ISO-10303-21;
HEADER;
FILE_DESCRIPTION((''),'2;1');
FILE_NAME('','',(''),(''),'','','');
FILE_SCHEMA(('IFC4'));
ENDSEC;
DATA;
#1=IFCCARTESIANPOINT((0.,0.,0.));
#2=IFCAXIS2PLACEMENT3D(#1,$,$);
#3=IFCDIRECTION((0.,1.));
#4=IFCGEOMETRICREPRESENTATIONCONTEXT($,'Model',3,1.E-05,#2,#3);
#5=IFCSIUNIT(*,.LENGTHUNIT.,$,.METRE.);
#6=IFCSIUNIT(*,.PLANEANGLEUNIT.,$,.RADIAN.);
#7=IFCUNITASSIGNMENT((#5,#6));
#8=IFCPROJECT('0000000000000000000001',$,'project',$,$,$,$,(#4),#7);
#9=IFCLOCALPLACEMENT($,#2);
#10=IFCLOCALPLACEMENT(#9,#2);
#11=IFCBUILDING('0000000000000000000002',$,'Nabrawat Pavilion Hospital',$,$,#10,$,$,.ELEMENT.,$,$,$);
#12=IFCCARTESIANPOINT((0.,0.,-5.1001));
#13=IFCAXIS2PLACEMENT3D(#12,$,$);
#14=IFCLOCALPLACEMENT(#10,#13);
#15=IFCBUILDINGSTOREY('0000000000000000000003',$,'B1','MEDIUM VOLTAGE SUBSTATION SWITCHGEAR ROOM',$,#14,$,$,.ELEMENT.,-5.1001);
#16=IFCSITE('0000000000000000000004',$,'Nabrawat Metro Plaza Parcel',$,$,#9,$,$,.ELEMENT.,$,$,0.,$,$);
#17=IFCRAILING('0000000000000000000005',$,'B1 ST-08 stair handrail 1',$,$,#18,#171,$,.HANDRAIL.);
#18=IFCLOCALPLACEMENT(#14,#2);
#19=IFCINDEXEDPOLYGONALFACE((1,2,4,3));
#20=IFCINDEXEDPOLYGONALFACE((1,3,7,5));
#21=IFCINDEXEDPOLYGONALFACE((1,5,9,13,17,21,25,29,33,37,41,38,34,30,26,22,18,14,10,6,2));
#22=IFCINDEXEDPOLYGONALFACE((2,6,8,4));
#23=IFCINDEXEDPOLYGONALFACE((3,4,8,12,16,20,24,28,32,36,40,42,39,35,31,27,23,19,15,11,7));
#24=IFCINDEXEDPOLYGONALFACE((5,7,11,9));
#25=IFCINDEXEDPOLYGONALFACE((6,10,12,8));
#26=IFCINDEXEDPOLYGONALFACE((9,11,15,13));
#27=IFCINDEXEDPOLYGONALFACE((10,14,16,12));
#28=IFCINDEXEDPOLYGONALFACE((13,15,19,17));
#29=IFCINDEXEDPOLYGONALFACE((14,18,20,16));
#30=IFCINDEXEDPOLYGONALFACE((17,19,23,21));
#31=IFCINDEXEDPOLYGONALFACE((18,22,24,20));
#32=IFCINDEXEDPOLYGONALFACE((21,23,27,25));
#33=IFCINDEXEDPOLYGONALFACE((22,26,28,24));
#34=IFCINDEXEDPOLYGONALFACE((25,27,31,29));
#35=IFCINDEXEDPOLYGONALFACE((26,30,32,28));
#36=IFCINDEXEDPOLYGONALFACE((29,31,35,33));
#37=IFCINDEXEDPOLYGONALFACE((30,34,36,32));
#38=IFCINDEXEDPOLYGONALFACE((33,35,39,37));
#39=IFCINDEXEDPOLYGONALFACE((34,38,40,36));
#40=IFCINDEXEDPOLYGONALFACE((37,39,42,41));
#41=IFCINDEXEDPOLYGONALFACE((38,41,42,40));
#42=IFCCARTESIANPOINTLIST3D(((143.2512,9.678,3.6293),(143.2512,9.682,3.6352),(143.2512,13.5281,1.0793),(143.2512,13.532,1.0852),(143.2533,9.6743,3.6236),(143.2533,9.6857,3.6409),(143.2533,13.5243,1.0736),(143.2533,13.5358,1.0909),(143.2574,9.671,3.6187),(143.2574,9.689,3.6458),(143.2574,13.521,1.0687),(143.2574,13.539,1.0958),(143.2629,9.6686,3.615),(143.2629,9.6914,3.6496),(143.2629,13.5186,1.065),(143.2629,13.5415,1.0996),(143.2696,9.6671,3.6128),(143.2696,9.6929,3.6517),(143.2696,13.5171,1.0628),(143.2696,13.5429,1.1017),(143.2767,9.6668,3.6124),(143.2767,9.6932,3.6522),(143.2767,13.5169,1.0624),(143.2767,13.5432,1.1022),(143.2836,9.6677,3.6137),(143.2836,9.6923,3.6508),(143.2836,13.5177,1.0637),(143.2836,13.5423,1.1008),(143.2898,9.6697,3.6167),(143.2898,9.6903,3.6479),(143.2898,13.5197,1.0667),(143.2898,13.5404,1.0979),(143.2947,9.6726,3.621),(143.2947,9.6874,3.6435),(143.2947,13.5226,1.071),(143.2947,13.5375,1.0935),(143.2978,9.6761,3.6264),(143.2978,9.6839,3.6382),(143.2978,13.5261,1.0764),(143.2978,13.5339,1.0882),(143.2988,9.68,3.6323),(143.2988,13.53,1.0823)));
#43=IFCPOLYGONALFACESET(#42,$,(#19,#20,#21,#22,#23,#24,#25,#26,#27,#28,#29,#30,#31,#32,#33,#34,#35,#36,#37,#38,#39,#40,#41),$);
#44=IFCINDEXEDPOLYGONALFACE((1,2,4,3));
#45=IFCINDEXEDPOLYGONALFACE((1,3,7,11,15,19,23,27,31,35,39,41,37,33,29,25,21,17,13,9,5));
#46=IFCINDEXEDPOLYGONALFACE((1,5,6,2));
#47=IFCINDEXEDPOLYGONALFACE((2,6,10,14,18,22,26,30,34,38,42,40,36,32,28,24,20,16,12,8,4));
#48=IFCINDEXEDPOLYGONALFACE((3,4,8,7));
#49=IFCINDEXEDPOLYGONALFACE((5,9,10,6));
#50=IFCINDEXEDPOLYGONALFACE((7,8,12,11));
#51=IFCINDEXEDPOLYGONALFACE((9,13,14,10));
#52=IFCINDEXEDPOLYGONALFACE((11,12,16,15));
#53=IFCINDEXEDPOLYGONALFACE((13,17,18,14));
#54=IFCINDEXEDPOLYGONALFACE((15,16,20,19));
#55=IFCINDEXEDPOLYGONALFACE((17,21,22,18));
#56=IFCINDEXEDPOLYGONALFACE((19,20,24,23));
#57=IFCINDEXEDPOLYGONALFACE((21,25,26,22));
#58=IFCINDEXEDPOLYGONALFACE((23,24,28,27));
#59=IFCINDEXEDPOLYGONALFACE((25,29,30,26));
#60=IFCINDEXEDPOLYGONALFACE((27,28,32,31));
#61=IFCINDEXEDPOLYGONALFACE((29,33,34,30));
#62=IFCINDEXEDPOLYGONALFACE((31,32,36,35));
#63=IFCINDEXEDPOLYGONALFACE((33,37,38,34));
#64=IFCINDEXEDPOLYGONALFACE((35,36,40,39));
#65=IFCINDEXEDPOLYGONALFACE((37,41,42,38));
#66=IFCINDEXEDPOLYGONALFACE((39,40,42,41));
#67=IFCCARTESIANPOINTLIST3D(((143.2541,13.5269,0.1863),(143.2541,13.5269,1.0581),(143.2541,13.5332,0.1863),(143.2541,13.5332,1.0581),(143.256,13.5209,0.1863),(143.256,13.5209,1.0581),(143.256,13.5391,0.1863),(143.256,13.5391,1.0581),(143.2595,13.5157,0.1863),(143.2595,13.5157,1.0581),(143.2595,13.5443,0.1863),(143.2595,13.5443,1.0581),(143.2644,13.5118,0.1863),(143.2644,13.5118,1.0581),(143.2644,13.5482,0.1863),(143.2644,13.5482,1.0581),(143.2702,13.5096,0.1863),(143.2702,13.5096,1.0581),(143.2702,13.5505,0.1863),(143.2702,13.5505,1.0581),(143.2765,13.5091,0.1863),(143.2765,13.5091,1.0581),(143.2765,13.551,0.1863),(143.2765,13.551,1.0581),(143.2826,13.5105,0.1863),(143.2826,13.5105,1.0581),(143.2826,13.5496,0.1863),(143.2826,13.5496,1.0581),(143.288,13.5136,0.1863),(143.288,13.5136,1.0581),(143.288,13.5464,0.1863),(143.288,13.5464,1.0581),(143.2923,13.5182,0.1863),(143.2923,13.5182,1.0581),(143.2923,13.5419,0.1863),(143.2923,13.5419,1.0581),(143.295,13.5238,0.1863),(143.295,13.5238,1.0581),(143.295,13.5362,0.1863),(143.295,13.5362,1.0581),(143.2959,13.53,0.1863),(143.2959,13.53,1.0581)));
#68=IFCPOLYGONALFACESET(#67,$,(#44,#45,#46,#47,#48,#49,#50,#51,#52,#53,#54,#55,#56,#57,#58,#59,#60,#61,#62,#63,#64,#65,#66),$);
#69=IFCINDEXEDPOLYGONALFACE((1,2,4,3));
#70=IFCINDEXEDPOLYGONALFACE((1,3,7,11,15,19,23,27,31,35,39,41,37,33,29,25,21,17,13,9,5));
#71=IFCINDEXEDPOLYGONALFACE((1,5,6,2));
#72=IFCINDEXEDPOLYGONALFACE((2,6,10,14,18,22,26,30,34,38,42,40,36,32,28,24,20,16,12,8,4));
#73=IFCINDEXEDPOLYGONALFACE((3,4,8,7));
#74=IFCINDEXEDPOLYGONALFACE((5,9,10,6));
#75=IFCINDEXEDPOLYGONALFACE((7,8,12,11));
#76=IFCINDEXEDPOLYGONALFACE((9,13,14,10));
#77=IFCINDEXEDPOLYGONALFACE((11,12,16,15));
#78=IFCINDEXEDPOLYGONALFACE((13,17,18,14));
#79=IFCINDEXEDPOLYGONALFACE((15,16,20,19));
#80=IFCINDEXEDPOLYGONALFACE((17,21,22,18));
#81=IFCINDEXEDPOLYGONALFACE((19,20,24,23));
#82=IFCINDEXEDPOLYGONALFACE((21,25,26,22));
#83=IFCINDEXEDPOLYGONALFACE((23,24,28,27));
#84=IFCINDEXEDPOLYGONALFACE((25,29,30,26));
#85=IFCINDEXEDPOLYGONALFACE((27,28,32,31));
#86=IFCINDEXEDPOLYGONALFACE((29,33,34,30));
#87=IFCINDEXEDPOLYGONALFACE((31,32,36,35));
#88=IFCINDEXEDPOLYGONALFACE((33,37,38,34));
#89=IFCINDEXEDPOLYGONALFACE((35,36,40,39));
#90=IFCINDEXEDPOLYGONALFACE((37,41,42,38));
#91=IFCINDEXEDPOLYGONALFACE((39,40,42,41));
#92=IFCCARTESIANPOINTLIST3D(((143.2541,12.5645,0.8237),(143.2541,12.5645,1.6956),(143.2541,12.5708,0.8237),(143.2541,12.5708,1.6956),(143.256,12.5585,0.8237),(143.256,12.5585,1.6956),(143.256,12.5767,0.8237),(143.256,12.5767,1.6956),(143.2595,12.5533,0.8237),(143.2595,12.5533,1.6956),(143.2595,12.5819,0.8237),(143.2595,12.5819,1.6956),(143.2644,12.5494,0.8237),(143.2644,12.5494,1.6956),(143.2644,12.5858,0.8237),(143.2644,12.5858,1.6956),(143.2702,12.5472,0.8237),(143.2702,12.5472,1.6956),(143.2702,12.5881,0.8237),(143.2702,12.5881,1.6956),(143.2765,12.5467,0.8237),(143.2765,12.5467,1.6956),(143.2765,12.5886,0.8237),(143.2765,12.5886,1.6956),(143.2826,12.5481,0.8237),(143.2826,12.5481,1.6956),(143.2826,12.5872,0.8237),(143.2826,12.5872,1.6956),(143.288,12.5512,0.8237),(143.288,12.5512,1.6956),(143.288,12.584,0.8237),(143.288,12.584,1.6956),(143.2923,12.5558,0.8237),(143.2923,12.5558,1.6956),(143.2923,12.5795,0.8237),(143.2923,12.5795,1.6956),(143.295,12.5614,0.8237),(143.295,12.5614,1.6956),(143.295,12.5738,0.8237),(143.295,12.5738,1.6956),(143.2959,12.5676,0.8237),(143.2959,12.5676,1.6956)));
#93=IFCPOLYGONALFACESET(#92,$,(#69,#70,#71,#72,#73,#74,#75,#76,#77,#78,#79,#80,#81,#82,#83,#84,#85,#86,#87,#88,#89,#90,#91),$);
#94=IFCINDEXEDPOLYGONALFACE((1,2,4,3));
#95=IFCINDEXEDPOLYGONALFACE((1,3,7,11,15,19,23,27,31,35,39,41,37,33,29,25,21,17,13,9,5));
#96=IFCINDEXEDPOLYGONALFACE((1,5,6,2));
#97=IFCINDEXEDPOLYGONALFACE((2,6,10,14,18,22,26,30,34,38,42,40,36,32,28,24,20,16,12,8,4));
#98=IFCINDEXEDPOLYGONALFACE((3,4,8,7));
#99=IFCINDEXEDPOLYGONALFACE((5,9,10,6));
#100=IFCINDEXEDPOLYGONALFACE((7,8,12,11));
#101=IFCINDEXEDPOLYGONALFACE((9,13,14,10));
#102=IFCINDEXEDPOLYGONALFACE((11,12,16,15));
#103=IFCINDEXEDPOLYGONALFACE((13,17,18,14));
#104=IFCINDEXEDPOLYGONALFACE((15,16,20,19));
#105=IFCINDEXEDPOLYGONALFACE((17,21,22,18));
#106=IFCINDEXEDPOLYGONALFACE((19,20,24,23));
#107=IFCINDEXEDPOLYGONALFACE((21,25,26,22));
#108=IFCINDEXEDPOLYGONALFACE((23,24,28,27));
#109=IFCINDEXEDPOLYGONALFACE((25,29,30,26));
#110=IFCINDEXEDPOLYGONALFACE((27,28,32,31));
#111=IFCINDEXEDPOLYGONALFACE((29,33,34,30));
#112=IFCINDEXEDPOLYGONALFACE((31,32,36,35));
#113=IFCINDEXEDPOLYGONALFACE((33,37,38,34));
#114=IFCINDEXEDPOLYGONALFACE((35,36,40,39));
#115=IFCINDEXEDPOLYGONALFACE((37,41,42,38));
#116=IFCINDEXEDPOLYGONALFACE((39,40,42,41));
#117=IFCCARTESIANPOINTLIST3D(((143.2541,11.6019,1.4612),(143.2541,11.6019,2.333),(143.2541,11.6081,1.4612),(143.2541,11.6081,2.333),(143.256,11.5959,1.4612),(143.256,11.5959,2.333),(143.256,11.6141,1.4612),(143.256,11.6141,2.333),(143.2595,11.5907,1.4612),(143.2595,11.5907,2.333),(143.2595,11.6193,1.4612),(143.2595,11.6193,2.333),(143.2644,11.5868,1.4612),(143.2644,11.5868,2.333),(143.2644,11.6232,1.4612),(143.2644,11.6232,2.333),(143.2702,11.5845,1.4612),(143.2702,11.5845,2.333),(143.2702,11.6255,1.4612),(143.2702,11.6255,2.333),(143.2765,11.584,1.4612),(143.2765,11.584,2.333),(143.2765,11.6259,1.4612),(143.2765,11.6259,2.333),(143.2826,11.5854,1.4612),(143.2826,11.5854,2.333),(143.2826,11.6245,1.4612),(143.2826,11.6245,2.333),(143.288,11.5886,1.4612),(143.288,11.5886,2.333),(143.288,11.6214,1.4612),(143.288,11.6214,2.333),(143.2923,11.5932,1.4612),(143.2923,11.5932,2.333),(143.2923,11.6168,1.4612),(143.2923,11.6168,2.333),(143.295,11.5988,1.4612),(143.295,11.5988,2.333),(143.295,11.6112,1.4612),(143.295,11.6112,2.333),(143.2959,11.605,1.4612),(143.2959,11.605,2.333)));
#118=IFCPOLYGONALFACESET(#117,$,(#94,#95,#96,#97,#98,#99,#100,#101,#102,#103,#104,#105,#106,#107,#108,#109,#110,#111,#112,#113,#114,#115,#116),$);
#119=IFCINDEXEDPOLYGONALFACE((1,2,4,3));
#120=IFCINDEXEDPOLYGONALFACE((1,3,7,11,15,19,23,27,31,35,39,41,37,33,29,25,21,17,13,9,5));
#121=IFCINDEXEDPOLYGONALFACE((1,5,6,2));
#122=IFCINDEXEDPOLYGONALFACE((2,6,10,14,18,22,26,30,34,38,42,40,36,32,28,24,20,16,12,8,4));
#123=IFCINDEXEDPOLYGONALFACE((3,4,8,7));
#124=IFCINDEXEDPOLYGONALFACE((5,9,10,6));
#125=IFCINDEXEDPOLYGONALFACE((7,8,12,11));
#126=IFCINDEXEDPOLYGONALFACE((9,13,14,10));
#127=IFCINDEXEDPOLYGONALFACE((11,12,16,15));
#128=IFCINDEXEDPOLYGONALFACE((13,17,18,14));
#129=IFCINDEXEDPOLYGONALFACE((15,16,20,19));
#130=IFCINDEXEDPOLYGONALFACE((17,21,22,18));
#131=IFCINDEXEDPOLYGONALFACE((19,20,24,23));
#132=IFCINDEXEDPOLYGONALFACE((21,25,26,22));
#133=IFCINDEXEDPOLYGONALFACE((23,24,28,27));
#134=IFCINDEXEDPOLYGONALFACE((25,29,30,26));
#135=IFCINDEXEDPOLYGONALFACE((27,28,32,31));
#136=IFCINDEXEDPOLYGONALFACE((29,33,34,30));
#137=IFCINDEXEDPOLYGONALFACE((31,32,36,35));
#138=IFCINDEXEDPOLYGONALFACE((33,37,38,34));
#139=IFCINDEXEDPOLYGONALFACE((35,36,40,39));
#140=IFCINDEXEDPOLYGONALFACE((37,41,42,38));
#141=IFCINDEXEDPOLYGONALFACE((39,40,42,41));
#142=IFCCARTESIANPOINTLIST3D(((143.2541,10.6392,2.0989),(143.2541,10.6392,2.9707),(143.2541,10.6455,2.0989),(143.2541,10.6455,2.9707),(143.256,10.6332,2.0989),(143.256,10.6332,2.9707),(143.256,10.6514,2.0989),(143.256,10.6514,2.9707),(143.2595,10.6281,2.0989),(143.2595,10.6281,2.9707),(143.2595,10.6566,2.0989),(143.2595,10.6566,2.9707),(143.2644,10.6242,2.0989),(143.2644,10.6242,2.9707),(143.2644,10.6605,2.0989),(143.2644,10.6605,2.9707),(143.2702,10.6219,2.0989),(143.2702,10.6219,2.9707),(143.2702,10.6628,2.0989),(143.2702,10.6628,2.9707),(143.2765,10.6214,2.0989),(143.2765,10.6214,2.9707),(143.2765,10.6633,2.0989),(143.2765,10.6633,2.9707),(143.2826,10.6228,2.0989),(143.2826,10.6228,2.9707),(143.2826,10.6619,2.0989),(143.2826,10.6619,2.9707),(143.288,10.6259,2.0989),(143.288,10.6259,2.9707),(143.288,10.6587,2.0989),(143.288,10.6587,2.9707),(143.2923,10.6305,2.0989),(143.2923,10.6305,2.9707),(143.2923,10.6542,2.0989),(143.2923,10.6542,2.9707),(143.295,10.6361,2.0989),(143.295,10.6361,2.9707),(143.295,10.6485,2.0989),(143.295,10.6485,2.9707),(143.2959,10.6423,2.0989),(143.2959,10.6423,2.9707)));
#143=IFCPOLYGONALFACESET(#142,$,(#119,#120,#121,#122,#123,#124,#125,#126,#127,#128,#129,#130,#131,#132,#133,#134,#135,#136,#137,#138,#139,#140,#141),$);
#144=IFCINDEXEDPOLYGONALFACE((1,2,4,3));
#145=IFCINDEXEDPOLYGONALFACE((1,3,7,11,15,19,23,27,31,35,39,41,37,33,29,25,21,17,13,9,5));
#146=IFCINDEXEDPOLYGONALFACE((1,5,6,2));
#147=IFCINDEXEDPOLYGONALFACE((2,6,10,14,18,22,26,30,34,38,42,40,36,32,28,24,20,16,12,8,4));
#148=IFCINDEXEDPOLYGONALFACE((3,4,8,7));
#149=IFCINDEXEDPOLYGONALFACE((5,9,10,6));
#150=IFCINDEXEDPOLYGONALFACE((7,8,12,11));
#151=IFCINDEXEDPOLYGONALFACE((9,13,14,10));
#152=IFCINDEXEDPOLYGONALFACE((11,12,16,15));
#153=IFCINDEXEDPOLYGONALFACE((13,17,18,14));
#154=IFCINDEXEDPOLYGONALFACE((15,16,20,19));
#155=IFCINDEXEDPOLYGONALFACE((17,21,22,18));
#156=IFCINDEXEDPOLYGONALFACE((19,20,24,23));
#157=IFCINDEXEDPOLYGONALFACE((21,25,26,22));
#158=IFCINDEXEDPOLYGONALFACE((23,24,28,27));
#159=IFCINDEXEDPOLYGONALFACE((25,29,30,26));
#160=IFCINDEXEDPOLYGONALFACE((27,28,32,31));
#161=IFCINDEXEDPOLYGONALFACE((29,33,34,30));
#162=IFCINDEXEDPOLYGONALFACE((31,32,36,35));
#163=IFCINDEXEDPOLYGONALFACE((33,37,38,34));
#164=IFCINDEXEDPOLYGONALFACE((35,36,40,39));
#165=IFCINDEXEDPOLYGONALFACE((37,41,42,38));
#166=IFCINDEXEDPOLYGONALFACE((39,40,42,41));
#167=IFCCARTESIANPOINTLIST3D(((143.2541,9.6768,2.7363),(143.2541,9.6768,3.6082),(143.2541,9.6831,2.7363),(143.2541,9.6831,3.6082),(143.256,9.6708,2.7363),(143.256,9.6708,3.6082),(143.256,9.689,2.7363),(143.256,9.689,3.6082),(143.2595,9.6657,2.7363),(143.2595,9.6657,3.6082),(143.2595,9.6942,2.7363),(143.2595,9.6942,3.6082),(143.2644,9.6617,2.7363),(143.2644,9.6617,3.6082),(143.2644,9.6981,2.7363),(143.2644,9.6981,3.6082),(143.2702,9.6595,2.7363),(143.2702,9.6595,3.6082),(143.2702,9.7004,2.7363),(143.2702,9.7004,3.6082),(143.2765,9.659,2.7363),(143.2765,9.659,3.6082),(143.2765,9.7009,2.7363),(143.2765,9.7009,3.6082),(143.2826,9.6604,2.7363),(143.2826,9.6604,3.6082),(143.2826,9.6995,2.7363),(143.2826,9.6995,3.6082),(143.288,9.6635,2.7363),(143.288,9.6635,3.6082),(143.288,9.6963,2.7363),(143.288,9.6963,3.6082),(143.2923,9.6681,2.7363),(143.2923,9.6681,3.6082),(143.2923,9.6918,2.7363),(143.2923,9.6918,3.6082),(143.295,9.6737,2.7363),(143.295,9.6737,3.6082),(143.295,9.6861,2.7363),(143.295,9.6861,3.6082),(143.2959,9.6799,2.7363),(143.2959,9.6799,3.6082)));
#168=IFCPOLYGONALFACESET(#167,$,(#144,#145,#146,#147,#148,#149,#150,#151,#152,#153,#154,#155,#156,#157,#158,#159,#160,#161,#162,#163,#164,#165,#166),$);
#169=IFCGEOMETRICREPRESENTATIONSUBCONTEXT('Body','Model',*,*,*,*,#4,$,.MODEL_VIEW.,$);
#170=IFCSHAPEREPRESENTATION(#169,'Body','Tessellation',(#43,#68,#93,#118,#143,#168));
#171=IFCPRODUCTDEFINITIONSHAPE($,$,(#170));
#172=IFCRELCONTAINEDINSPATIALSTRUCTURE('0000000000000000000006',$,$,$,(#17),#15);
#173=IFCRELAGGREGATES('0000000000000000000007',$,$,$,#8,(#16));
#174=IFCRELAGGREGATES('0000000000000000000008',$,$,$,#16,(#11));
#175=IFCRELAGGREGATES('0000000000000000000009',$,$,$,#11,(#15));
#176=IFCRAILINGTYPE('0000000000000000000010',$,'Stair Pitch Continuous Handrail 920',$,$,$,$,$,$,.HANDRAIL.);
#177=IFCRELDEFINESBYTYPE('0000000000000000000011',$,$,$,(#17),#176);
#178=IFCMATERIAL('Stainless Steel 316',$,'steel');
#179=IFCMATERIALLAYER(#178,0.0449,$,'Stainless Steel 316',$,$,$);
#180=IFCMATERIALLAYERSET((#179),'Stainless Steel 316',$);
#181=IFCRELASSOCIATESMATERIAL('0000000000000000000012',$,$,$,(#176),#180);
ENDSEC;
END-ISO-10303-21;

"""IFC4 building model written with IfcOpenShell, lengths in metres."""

from ifc_helpers import new_model, si_unit, direction, frame, origin, origin_2d, place, context, subcontext, project, spatial, circle, extrude, material, layer, layer_set, type_object, element, save


model = new_model("IFC4")

# Units and contexts
model_context = context("Model", 3, precision=1e-05, world=origin(), true_north=direction((0.0, 1.0)))
body_context = subcontext(model_context, "Body", "Model", "MODEL_VIEW")
ifc_project = project(units=[si_unit("LENGTHUNIT", "METRE"), si_unit("PLANEANGLEUNIT", "RADIAN")], contexts=[model_context])

# Site, building, storey
site_placement = place(None, origin())
site = spatial("IfcSite", under=ifc_project, at=site_placement, Name="Nabrawat Metro Plaza Parcel", CompositionType="ELEMENT", RefElevation=0.0)
building_placement = place(site_placement, origin())
building = spatial("IfcBuilding", under=site, at=building_placement, Name="Nabrawat Pavilion Hospital", CompositionType="ELEMENT")
storey_placement = place(building_placement, frame((0.0, 0.0, -5.1001)))
storey = spatial("IfcBuildingStorey", under=building, at=storey_placement, Name="B1", Description="MEDIUM VOLTAGE SUBSTATION SWITCHGEAR ROOM", CompositionType="ELEMENT", Elevation=-5.1001)

# Railing
ifc_material_1 = material(Name="Stainless Steel 316", Category="steel")
ifc_layer_1 = layer(ifc_material_1, 0.0449, Name="Stainless Steel 316")
ifc_layer_set_1 = layer_set([ifc_layer_1], Name="Stainless Steel 316")
railing_type_1 = type_object("IfcRailingType", Name="Stair Pitch Continuous Handrail 920", PredefinedType="HANDRAIL", material=ifc_layer_set_1)
railing_1_placement = place(storey_placement, frame((143.2749, 13.53, 0.1863)))
element("IfcRailing", 1, at=railing_1_placement, inside=storey, type_object=railing_type_1, Name="B1 ST-08 stair handrail 1", PredefinedType="HANDRAIL", context=body_context, shape_type="SweptSolid", body=[
    extrude(circle(Radius=0.0239, at=origin_2d()), frame((0.0, 0.0, 0.896), z_axis=(0.0, -0.833714, 0.552197), x_axis=(1.0, 0.0, 0.0)), (0.0, 0.0, 1.0), 4.6179),
    extrude(circle(Radius=0.021, at=origin_2d()), origin(), (0.0, 0.0, 1.0), 0.8718),
    extrude(circle(Radius=0.021, at=origin_2d()), frame((0.0, -0.9624, 0.6375)), (0.0, 0.0, 1.0), 0.8718),
    extrude(circle(Radius=0.021, at=origin_2d()), frame((0.0, -1.925, 1.2749)), (0.0, 0.0, 1.0), 0.8718),
    extrude(circle(Radius=0.021, at=origin_2d()), frame((0.0, -2.8877, 1.9126)), (0.0, 0.0, 1.0), 0.8718),
    extrude(circle(Radius=0.021, at=origin_2d()), frame((0.0, -3.8501, 2.55)), (0.0, 0.0, 1.0), 0.8718),
])

save(model, "model.ifc")
